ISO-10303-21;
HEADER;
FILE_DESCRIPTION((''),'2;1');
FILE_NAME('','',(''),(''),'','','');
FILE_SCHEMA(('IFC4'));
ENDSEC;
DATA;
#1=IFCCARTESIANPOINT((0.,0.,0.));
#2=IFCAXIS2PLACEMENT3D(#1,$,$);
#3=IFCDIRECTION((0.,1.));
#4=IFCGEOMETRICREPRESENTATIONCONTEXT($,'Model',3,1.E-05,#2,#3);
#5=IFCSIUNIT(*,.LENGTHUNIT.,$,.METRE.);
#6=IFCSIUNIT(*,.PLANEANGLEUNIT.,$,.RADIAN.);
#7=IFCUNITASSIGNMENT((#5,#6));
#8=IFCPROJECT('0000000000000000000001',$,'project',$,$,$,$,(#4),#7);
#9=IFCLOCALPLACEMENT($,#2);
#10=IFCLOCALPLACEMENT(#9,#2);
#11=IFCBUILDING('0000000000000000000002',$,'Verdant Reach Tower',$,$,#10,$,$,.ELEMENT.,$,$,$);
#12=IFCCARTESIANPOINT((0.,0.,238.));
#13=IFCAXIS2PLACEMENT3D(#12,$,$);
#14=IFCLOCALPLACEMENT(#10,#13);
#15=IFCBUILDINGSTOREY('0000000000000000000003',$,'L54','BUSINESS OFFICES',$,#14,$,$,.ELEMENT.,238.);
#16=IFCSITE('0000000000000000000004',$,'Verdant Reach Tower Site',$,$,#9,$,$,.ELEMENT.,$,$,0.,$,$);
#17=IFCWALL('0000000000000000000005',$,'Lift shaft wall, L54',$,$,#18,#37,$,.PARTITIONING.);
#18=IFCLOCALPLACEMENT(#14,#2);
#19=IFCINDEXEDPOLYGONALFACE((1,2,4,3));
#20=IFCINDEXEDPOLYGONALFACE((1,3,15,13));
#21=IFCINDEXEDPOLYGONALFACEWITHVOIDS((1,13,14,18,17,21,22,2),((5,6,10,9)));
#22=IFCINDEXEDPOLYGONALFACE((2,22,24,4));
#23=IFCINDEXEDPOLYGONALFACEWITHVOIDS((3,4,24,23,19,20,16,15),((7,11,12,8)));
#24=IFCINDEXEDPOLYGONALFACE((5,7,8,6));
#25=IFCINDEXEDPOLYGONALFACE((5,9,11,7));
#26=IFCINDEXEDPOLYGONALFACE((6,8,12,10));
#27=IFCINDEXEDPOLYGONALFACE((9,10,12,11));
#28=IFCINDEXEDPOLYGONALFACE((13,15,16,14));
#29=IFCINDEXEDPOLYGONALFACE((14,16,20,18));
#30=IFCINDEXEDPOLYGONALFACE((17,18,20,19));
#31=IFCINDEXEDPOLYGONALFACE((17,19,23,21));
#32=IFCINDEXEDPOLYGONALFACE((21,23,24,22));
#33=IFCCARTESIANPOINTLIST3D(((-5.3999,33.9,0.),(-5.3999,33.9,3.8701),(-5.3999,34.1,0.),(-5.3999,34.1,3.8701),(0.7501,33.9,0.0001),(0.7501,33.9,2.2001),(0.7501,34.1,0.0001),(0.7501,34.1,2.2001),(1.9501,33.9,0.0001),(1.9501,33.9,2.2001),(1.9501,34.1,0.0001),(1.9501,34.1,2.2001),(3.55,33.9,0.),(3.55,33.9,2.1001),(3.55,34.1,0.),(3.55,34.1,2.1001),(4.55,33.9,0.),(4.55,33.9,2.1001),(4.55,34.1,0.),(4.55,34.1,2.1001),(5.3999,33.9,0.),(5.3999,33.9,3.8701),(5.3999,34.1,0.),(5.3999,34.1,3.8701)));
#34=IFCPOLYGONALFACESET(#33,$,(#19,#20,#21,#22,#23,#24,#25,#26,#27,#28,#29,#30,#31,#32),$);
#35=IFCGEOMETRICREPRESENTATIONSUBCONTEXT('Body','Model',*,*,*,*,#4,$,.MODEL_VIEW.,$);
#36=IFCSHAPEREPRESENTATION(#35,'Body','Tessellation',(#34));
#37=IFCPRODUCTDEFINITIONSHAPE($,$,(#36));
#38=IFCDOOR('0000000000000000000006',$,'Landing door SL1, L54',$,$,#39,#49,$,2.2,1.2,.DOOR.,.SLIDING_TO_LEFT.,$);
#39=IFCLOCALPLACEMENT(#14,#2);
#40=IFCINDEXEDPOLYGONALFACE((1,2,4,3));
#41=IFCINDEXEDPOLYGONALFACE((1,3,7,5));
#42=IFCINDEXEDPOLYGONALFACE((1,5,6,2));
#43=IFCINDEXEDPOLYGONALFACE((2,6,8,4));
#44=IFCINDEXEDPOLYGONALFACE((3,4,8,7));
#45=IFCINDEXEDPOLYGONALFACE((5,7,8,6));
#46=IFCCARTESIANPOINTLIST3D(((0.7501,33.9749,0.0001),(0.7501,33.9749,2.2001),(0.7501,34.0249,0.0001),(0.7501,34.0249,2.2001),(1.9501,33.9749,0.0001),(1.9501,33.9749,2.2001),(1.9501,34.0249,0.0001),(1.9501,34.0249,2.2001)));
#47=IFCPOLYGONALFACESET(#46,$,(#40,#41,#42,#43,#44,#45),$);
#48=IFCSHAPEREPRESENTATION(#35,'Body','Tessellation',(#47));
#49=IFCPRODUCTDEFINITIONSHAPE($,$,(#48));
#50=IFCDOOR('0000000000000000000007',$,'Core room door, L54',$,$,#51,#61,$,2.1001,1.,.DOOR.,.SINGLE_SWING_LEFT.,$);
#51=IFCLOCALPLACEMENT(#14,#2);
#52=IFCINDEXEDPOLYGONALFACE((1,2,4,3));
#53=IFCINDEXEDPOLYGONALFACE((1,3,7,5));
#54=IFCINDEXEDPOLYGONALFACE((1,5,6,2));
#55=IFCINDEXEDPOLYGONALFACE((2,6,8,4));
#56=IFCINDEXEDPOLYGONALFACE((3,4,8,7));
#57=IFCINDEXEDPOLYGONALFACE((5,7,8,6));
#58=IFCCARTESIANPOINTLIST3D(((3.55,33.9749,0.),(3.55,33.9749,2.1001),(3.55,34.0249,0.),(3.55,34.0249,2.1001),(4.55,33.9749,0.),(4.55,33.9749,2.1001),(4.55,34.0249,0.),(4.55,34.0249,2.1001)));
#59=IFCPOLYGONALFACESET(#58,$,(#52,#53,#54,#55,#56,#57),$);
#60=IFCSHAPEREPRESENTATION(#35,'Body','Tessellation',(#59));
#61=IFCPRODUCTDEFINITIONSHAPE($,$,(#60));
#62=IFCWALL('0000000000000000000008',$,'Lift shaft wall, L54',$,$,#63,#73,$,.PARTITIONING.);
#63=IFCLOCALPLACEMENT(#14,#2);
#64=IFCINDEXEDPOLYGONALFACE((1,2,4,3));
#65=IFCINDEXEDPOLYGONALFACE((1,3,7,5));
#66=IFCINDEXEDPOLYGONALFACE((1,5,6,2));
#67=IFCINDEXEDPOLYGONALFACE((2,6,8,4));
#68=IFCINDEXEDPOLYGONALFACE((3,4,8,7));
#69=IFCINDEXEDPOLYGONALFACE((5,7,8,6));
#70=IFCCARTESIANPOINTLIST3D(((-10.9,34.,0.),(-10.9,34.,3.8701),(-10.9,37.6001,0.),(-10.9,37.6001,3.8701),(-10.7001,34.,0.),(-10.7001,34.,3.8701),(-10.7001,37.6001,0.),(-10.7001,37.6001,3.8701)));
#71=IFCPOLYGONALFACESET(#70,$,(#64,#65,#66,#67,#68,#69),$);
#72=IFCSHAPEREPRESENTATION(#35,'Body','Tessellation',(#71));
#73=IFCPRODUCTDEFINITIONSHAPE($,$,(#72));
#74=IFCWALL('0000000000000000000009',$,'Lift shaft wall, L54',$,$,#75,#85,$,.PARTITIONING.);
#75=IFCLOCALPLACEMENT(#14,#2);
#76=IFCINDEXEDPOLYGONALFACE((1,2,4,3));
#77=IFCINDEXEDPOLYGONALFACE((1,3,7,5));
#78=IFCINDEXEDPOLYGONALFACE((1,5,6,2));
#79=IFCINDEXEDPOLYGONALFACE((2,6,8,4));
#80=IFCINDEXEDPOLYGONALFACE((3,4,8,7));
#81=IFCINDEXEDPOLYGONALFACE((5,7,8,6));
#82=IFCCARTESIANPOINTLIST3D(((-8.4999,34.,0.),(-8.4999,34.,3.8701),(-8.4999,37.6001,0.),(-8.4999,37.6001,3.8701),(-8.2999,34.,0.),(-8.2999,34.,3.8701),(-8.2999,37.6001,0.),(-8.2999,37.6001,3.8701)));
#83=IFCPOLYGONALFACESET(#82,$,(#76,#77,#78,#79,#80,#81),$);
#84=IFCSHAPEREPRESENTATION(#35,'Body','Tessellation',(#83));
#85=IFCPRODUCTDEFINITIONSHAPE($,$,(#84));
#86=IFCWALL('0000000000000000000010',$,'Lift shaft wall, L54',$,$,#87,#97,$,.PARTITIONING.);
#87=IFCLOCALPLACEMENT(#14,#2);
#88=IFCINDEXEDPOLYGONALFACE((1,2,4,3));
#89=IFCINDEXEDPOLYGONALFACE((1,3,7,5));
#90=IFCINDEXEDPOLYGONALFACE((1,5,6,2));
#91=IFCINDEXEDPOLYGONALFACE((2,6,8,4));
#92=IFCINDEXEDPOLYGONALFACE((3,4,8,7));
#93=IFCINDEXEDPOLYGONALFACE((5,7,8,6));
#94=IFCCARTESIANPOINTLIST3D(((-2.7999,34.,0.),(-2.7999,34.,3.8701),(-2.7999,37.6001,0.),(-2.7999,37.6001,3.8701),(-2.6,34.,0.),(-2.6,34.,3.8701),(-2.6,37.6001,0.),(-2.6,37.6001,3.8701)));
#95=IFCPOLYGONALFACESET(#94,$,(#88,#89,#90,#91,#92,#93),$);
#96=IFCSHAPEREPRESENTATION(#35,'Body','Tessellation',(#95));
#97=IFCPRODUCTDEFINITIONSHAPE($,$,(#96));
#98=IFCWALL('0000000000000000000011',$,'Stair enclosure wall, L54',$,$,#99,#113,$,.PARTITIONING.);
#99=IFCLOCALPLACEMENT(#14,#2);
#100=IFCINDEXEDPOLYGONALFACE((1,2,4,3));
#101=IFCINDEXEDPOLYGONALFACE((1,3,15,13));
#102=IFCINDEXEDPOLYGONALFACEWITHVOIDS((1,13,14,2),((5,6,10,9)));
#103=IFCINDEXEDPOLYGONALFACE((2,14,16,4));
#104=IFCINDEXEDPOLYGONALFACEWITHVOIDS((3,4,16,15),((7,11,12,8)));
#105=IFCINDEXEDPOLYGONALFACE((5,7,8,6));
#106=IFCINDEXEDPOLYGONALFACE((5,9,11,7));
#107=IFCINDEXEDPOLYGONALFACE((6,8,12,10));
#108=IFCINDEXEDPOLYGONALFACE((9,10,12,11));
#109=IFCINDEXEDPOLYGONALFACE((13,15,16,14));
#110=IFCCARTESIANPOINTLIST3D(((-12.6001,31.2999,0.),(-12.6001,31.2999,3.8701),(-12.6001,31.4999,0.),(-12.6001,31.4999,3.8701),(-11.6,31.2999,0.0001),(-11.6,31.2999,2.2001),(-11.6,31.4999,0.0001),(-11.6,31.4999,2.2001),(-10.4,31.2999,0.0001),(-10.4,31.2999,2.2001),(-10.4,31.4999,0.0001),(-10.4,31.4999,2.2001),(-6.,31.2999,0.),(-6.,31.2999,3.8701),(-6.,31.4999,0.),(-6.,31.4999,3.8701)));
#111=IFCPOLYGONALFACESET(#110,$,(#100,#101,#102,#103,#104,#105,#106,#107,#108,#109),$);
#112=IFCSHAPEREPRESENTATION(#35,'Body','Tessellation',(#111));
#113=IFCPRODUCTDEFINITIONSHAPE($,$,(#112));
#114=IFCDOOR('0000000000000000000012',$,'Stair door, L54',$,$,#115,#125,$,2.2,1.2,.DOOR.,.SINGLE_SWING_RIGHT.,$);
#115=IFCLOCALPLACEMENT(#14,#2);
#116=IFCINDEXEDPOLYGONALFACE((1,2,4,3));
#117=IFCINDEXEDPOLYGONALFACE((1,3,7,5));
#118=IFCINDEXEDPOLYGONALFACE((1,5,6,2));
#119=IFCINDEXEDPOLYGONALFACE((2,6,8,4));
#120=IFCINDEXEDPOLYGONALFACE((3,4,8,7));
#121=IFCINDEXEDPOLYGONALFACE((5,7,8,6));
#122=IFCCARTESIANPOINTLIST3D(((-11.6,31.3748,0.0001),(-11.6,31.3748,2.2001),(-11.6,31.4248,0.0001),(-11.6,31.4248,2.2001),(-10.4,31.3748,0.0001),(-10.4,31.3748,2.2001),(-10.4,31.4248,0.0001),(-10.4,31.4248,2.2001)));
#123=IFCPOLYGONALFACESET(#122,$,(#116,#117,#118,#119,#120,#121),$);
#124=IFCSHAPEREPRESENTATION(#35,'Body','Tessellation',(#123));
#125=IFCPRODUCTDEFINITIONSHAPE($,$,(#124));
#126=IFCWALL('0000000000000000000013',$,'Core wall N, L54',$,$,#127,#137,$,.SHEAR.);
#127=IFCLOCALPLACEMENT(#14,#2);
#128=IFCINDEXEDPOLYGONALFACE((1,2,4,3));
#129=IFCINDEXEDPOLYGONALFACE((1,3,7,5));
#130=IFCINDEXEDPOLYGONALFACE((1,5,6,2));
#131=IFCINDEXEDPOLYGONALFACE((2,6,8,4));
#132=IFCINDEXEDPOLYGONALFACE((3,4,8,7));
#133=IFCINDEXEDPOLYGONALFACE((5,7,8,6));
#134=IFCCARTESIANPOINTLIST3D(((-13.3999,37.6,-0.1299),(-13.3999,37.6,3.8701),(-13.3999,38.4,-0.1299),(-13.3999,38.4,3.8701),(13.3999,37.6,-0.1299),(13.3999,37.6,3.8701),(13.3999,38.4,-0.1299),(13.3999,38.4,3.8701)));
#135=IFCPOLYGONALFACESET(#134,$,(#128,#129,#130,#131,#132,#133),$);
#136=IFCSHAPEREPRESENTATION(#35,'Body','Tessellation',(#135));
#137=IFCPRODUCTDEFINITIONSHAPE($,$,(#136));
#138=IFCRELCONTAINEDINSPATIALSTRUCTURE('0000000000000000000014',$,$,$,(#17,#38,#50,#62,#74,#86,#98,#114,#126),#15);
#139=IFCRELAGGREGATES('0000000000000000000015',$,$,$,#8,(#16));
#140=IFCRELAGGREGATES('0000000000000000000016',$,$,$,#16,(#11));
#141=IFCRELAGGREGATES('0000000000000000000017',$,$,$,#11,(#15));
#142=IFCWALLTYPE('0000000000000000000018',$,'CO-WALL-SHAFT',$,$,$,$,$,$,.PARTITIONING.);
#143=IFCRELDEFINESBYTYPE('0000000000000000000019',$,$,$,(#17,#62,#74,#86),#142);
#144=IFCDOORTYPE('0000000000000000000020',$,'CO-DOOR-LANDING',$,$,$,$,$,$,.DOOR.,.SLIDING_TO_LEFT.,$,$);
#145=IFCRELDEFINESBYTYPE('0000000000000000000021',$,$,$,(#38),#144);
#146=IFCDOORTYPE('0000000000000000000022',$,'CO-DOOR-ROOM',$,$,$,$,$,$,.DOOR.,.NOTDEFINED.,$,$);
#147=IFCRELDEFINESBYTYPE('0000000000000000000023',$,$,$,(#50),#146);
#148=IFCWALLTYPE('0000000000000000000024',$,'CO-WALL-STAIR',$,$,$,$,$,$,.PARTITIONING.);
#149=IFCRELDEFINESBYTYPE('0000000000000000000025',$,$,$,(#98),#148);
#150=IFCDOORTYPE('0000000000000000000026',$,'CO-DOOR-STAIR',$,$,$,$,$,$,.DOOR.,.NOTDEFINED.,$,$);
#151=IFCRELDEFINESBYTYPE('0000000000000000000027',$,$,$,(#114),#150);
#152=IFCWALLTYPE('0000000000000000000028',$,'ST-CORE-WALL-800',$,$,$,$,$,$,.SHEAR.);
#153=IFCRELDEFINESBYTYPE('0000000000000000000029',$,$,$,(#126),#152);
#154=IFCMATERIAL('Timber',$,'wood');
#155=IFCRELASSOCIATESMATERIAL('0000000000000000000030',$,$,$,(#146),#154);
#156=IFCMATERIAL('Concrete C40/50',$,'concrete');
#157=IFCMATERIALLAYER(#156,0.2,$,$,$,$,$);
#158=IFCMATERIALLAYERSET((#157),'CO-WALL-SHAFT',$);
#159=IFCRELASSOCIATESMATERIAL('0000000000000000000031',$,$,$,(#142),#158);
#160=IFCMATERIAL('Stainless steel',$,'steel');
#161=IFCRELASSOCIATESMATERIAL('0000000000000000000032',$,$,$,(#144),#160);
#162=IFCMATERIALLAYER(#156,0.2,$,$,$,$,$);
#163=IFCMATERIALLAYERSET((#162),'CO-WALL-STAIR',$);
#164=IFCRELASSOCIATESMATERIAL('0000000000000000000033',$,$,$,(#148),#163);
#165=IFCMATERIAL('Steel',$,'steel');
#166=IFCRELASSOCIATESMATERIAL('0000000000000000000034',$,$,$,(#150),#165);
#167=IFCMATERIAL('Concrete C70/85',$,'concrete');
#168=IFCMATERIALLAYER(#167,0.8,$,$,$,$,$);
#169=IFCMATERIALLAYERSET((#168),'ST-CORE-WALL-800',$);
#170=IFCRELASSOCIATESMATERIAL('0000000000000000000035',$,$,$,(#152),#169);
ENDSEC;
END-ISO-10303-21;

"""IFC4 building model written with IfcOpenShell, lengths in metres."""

from ifc_helpers import new_model, si_unit, direction, frame, frame_2d, origin, place, context, subcontext, project, spatial, rectangle, extrude, material, layer, layer_set, type_object, element, fill, save


model = new_model("IFC4")

# Units and contexts
model_context = context("Model", 3, precision=1e-05, world=origin(), true_north=direction((0.0, 1.0)))
body_context = subcontext(model_context, "Body", "Model", "MODEL_VIEW")
ifc_project = project(units=[si_unit("LENGTHUNIT", "METRE"), si_unit("PLANEANGLEUNIT", "RADIAN")], contexts=[model_context])

# Site, building, storey
site_placement = place(None, origin())
site = spatial("IfcSite", under=ifc_project, at=site_placement, Name="Verdant Reach Tower Site", CompositionType="ELEMENT", RefElevation=0.0)
building_placement = place(site_placement, origin())
building = spatial("IfcBuilding", under=site, at=building_placement, Name="Verdant Reach Tower", CompositionType="ELEMENT")
storey_placement = place(building_placement, frame((0.0, 0.0, 238.0)))
storey = spatial("IfcBuildingStorey", under=building, at=storey_placement, Name="L54", Description="BUSINESS OFFICES", CompositionType="ELEMENT", Elevation=238.0)

# Wall, openings, doors
ifc_material_1 = material(Name="Timber", Category="wood")
door_type_1 = type_object("IfcDoorType", Name="CO-DOOR-ROOM", OperationType="NOTDEFINED", PredefinedType="DOOR", material=ifc_material_1)
ifc_material_2 = material(Name="Concrete C40/50", Category="concrete")
ifc_layer_1 = layer(ifc_material_2, 0.2)
ifc_layer_set_1 = layer_set([ifc_layer_1], Name="CO-WALL-SHAFT")
wall_type_1 = type_object("IfcWallType", Name="CO-WALL-SHAFT", PredefinedType="PARTITIONING", material=ifc_layer_set_1)
ifc_material_3 = material(Name="Stainless steel", Category="steel")
ifc_material_4 = material(Name="Steel", Category="steel")
wall_1_placement = place(storey_placement, frame((-5.3999, 34.0, 0.0), z_axis=(0.0, 0.0, 1.0), x_axis=(1.0, 0.0, 0.0)))
wall_1 = element("IfcWall", 1, at=wall_1_placement, inside=storey, type_object=wall_type_1, Name="Lift shaft wall, L54", PredefinedType="PARTITIONING", context=body_context, shape_type="SweptSolid", body=[
    extrude(rectangle(XDim=10.7998, YDim=0.2, at=frame_2d((5.3999, 0.0))), origin(), (0.0, 0.0, 1.0), 3.8701),
])
opening_1_placement = place(wall_1_placement, frame((6.1499, 0.0, 0.0)))
opening_1 = element("IfcOpeningElement", 2, at=opening_1_placement, cuts=wall_1, PredefinedType="OPENING", context=body_context, shape_type="SweptSolid", body=[
    extrude(rectangle(XDim=1.2, YDim=2.2, at=frame_2d((0.6001, 1.1001))), frame((0.0, 0.1099, 0.0), z_axis=(0.0, -1.0, 0.0), x_axis=(1.0, 0.0, 0.0)), (0.0, 0.0, 1.0), 0.22),
])
opening_2_placement = place(wall_1_placement, frame((8.95, 0.0, 0.0)))
opening_2 = element("IfcOpeningElement", 3, at=opening_2_placement, cuts=wall_1, PredefinedType="OPENING", context=body_context, shape_type="SweptSolid", body=[
    extrude(rectangle(XDim=1.0, YDim=2.1001, at=frame_2d((0.5, 1.05))), frame((0.0, 0.1099, 0.0), z_axis=(0.0, -1.0, 0.0), x_axis=(1.0, 0.0, 0.0)), (0.0, 0.0, 1.0), 0.22),
])
door_type_2 = type_object("IfcDoorType", Name="CO-DOOR-LANDING", OperationType="SLIDING_TO_LEFT", PredefinedType="DOOR", material=ifc_material_3)
door_1_placement = place(opening_1_placement, origin())
door_1 = element("IfcDoor", 4, at=door_1_placement, inside=storey, type_object=door_type_2, Name="Landing door SL1, L54", OperationType="SLIDING_TO_LEFT", OverallHeight=2.2, OverallWidth=1.2, PredefinedType="DOOR", context=body_context, shape_type="SweptSolid", body=[
    extrude(rectangle(XDim=1.2, YDim=2.2, at=frame_2d((0.6001, 1.1001))), frame((0.0, 0.0249, 0.0), z_axis=(0.0, -1.0, 0.0), x_axis=(1.0, 0.0, 0.0)), (0.0, 0.0, 1.0), 0.05),
])
fill(opening_1, door_1)
door_2_placement = place(opening_2_placement, origin())
door_2 = element("IfcDoor", 5, at=door_2_placement, inside=storey, type_object=door_type_1, Name="Core room door, L54", OperationType="SINGLE_SWING_LEFT", OverallHeight=2.1001, OverallWidth=1.0, PredefinedType="DOOR", context=body_context, shape_type="SweptSolid", body=[
    extrude(rectangle(XDim=1.0, YDim=2.1001, at=frame_2d((0.5, 1.05))), frame((0.0, 0.0249, 0.0), z_axis=(0.0, -1.0, 0.0), x_axis=(1.0, 0.0, 0.0)), (0.0, 0.0, 1.0), 0.05),
])
fill(opening_2, door_2)

# Walls
for number, where, z_axis, x_axis, name in (
    (6, (-10.8, 34.0, 0.0), (0.0, 0.0, 1.0), (0.0, 1.0, 0.0), "Lift shaft wall, L54"),
    (7, (-8.3999, 34.0, 0.0), (0.0, 0.0, 1.0), (0.0, 1.0, 0.0), "Lift shaft wall, L54"),
    (8, (-2.7, 34.0, 0.0), (0.0, 0.0, 1.0), (0.0, 1.0, 0.0), "Lift shaft wall, L54"),
):
    element("IfcWall", number, at=place(storey_placement, frame(where, z_axis=z_axis, x_axis=x_axis)), inside=storey, type_object=wall_type_1, Name=name, PredefinedType="PARTITIONING", context=body_context, shape_type="SweptSolid", body=[
        extrude(rectangle(XDim=3.6001, YDim=0.2, at=frame_2d((1.8, 0.0))), origin(), (0.0, 0.0, 1.0), 3.8701),
    ])

# Wall, opening, door
ifc_layer_2 = layer(ifc_material_2, 0.2)
ifc_layer_set_2 = layer_set([ifc_layer_2], Name="CO-WALL-STAIR")
wall_type_2 = type_object("IfcWallType", Name="CO-WALL-STAIR", PredefinedType="PARTITIONING", material=ifc_layer_set_2)
wall_2_placement = place(storey_placement, frame((-12.6001, 31.3999, 0.0), z_axis=(0.0, 0.0, 1.0), x_axis=(1.0, 0.0, 0.0)))
wall_2 = element("IfcWall", 9, at=wall_2_placement, inside=storey, type_object=wall_type_2, Name="Stair enclosure wall, L54", PredefinedType="PARTITIONING", context=body_context, shape_type="SweptSolid", body=[
    extrude(rectangle(XDim=6.6001, YDim=0.2, at=frame_2d((3.3, 0.0))), origin(), (0.0, 0.0, 1.0), 3.8701),
])
opening_3_placement = place(wall_2_placement, frame((1.0, 0.0, 0.0)))
opening_3 = element("IfcOpeningElement", 10, at=opening_3_placement, cuts=wall_2, PredefinedType="OPENING", context=body_context, shape_type="SweptSolid", body=[
    extrude(rectangle(XDim=1.2, YDim=2.2, at=frame_2d((0.6001, 1.1001))), frame((0.0, 0.1099, 0.0), z_axis=(0.0, -1.0, 0.0), x_axis=(1.0, 0.0, 0.0)), (0.0, 0.0, 1.0), 0.22),
])
door_type_3 = type_object("IfcDoorType", Name="CO-DOOR-STAIR", OperationType="NOTDEFINED", PredefinedType="DOOR", material=ifc_material_4)
door_3_placement = place(opening_3_placement, origin())
door_3 = element("IfcDoor", 11, at=door_3_placement, inside=storey, type_object=door_type_3, Name="Stair door, L54", OperationType="SINGLE_SWING_RIGHT", OverallHeight=2.2, OverallWidth=1.2, PredefinedType="DOOR", context=body_context, shape_type="SweptSolid", body=[
    extrude(rectangle(XDim=1.2, YDim=2.2, at=frame_2d((0.6001, 1.1001))), frame((0.0, 0.0249, 0.0), z_axis=(0.0, -1.0, 0.0), x_axis=(1.0, 0.0, 0.0)), (0.0, 0.0, 1.0), 0.05),
])
fill(opening_3, door_3)

# Wall
ifc_material_5 = material(Name="Concrete C70/85", Category="concrete")
ifc_layer_3 = layer(ifc_material_5, 0.8)
ifc_layer_set_3 = layer_set([ifc_layer_3], Name="ST-CORE-WALL-800")
wall_type_3 = type_object("IfcWallType", Name="ST-CORE-WALL-800", PredefinedType="SHEAR", material=ifc_layer_set_3)
wall_3_placement = place(storey_placement, frame((-13.3999, 38.0, -0.1299), z_axis=(0.0, 0.0, 1.0), x_axis=(1.0, 0.0, 0.0)))
element("IfcWall", 12, at=wall_3_placement, inside=storey, type_object=wall_type_3, Name="Core wall N, L54", PredefinedType="SHEAR", context=body_context, shape_type="SweptSolid", body=[
    extrude(rectangle(XDim=26.7998, YDim=0.8, at=frame_2d((13.3999, 0.0))), origin(), (0.0, 0.0, 1.0), 4.0),
])

save(model, "model.ifc")
